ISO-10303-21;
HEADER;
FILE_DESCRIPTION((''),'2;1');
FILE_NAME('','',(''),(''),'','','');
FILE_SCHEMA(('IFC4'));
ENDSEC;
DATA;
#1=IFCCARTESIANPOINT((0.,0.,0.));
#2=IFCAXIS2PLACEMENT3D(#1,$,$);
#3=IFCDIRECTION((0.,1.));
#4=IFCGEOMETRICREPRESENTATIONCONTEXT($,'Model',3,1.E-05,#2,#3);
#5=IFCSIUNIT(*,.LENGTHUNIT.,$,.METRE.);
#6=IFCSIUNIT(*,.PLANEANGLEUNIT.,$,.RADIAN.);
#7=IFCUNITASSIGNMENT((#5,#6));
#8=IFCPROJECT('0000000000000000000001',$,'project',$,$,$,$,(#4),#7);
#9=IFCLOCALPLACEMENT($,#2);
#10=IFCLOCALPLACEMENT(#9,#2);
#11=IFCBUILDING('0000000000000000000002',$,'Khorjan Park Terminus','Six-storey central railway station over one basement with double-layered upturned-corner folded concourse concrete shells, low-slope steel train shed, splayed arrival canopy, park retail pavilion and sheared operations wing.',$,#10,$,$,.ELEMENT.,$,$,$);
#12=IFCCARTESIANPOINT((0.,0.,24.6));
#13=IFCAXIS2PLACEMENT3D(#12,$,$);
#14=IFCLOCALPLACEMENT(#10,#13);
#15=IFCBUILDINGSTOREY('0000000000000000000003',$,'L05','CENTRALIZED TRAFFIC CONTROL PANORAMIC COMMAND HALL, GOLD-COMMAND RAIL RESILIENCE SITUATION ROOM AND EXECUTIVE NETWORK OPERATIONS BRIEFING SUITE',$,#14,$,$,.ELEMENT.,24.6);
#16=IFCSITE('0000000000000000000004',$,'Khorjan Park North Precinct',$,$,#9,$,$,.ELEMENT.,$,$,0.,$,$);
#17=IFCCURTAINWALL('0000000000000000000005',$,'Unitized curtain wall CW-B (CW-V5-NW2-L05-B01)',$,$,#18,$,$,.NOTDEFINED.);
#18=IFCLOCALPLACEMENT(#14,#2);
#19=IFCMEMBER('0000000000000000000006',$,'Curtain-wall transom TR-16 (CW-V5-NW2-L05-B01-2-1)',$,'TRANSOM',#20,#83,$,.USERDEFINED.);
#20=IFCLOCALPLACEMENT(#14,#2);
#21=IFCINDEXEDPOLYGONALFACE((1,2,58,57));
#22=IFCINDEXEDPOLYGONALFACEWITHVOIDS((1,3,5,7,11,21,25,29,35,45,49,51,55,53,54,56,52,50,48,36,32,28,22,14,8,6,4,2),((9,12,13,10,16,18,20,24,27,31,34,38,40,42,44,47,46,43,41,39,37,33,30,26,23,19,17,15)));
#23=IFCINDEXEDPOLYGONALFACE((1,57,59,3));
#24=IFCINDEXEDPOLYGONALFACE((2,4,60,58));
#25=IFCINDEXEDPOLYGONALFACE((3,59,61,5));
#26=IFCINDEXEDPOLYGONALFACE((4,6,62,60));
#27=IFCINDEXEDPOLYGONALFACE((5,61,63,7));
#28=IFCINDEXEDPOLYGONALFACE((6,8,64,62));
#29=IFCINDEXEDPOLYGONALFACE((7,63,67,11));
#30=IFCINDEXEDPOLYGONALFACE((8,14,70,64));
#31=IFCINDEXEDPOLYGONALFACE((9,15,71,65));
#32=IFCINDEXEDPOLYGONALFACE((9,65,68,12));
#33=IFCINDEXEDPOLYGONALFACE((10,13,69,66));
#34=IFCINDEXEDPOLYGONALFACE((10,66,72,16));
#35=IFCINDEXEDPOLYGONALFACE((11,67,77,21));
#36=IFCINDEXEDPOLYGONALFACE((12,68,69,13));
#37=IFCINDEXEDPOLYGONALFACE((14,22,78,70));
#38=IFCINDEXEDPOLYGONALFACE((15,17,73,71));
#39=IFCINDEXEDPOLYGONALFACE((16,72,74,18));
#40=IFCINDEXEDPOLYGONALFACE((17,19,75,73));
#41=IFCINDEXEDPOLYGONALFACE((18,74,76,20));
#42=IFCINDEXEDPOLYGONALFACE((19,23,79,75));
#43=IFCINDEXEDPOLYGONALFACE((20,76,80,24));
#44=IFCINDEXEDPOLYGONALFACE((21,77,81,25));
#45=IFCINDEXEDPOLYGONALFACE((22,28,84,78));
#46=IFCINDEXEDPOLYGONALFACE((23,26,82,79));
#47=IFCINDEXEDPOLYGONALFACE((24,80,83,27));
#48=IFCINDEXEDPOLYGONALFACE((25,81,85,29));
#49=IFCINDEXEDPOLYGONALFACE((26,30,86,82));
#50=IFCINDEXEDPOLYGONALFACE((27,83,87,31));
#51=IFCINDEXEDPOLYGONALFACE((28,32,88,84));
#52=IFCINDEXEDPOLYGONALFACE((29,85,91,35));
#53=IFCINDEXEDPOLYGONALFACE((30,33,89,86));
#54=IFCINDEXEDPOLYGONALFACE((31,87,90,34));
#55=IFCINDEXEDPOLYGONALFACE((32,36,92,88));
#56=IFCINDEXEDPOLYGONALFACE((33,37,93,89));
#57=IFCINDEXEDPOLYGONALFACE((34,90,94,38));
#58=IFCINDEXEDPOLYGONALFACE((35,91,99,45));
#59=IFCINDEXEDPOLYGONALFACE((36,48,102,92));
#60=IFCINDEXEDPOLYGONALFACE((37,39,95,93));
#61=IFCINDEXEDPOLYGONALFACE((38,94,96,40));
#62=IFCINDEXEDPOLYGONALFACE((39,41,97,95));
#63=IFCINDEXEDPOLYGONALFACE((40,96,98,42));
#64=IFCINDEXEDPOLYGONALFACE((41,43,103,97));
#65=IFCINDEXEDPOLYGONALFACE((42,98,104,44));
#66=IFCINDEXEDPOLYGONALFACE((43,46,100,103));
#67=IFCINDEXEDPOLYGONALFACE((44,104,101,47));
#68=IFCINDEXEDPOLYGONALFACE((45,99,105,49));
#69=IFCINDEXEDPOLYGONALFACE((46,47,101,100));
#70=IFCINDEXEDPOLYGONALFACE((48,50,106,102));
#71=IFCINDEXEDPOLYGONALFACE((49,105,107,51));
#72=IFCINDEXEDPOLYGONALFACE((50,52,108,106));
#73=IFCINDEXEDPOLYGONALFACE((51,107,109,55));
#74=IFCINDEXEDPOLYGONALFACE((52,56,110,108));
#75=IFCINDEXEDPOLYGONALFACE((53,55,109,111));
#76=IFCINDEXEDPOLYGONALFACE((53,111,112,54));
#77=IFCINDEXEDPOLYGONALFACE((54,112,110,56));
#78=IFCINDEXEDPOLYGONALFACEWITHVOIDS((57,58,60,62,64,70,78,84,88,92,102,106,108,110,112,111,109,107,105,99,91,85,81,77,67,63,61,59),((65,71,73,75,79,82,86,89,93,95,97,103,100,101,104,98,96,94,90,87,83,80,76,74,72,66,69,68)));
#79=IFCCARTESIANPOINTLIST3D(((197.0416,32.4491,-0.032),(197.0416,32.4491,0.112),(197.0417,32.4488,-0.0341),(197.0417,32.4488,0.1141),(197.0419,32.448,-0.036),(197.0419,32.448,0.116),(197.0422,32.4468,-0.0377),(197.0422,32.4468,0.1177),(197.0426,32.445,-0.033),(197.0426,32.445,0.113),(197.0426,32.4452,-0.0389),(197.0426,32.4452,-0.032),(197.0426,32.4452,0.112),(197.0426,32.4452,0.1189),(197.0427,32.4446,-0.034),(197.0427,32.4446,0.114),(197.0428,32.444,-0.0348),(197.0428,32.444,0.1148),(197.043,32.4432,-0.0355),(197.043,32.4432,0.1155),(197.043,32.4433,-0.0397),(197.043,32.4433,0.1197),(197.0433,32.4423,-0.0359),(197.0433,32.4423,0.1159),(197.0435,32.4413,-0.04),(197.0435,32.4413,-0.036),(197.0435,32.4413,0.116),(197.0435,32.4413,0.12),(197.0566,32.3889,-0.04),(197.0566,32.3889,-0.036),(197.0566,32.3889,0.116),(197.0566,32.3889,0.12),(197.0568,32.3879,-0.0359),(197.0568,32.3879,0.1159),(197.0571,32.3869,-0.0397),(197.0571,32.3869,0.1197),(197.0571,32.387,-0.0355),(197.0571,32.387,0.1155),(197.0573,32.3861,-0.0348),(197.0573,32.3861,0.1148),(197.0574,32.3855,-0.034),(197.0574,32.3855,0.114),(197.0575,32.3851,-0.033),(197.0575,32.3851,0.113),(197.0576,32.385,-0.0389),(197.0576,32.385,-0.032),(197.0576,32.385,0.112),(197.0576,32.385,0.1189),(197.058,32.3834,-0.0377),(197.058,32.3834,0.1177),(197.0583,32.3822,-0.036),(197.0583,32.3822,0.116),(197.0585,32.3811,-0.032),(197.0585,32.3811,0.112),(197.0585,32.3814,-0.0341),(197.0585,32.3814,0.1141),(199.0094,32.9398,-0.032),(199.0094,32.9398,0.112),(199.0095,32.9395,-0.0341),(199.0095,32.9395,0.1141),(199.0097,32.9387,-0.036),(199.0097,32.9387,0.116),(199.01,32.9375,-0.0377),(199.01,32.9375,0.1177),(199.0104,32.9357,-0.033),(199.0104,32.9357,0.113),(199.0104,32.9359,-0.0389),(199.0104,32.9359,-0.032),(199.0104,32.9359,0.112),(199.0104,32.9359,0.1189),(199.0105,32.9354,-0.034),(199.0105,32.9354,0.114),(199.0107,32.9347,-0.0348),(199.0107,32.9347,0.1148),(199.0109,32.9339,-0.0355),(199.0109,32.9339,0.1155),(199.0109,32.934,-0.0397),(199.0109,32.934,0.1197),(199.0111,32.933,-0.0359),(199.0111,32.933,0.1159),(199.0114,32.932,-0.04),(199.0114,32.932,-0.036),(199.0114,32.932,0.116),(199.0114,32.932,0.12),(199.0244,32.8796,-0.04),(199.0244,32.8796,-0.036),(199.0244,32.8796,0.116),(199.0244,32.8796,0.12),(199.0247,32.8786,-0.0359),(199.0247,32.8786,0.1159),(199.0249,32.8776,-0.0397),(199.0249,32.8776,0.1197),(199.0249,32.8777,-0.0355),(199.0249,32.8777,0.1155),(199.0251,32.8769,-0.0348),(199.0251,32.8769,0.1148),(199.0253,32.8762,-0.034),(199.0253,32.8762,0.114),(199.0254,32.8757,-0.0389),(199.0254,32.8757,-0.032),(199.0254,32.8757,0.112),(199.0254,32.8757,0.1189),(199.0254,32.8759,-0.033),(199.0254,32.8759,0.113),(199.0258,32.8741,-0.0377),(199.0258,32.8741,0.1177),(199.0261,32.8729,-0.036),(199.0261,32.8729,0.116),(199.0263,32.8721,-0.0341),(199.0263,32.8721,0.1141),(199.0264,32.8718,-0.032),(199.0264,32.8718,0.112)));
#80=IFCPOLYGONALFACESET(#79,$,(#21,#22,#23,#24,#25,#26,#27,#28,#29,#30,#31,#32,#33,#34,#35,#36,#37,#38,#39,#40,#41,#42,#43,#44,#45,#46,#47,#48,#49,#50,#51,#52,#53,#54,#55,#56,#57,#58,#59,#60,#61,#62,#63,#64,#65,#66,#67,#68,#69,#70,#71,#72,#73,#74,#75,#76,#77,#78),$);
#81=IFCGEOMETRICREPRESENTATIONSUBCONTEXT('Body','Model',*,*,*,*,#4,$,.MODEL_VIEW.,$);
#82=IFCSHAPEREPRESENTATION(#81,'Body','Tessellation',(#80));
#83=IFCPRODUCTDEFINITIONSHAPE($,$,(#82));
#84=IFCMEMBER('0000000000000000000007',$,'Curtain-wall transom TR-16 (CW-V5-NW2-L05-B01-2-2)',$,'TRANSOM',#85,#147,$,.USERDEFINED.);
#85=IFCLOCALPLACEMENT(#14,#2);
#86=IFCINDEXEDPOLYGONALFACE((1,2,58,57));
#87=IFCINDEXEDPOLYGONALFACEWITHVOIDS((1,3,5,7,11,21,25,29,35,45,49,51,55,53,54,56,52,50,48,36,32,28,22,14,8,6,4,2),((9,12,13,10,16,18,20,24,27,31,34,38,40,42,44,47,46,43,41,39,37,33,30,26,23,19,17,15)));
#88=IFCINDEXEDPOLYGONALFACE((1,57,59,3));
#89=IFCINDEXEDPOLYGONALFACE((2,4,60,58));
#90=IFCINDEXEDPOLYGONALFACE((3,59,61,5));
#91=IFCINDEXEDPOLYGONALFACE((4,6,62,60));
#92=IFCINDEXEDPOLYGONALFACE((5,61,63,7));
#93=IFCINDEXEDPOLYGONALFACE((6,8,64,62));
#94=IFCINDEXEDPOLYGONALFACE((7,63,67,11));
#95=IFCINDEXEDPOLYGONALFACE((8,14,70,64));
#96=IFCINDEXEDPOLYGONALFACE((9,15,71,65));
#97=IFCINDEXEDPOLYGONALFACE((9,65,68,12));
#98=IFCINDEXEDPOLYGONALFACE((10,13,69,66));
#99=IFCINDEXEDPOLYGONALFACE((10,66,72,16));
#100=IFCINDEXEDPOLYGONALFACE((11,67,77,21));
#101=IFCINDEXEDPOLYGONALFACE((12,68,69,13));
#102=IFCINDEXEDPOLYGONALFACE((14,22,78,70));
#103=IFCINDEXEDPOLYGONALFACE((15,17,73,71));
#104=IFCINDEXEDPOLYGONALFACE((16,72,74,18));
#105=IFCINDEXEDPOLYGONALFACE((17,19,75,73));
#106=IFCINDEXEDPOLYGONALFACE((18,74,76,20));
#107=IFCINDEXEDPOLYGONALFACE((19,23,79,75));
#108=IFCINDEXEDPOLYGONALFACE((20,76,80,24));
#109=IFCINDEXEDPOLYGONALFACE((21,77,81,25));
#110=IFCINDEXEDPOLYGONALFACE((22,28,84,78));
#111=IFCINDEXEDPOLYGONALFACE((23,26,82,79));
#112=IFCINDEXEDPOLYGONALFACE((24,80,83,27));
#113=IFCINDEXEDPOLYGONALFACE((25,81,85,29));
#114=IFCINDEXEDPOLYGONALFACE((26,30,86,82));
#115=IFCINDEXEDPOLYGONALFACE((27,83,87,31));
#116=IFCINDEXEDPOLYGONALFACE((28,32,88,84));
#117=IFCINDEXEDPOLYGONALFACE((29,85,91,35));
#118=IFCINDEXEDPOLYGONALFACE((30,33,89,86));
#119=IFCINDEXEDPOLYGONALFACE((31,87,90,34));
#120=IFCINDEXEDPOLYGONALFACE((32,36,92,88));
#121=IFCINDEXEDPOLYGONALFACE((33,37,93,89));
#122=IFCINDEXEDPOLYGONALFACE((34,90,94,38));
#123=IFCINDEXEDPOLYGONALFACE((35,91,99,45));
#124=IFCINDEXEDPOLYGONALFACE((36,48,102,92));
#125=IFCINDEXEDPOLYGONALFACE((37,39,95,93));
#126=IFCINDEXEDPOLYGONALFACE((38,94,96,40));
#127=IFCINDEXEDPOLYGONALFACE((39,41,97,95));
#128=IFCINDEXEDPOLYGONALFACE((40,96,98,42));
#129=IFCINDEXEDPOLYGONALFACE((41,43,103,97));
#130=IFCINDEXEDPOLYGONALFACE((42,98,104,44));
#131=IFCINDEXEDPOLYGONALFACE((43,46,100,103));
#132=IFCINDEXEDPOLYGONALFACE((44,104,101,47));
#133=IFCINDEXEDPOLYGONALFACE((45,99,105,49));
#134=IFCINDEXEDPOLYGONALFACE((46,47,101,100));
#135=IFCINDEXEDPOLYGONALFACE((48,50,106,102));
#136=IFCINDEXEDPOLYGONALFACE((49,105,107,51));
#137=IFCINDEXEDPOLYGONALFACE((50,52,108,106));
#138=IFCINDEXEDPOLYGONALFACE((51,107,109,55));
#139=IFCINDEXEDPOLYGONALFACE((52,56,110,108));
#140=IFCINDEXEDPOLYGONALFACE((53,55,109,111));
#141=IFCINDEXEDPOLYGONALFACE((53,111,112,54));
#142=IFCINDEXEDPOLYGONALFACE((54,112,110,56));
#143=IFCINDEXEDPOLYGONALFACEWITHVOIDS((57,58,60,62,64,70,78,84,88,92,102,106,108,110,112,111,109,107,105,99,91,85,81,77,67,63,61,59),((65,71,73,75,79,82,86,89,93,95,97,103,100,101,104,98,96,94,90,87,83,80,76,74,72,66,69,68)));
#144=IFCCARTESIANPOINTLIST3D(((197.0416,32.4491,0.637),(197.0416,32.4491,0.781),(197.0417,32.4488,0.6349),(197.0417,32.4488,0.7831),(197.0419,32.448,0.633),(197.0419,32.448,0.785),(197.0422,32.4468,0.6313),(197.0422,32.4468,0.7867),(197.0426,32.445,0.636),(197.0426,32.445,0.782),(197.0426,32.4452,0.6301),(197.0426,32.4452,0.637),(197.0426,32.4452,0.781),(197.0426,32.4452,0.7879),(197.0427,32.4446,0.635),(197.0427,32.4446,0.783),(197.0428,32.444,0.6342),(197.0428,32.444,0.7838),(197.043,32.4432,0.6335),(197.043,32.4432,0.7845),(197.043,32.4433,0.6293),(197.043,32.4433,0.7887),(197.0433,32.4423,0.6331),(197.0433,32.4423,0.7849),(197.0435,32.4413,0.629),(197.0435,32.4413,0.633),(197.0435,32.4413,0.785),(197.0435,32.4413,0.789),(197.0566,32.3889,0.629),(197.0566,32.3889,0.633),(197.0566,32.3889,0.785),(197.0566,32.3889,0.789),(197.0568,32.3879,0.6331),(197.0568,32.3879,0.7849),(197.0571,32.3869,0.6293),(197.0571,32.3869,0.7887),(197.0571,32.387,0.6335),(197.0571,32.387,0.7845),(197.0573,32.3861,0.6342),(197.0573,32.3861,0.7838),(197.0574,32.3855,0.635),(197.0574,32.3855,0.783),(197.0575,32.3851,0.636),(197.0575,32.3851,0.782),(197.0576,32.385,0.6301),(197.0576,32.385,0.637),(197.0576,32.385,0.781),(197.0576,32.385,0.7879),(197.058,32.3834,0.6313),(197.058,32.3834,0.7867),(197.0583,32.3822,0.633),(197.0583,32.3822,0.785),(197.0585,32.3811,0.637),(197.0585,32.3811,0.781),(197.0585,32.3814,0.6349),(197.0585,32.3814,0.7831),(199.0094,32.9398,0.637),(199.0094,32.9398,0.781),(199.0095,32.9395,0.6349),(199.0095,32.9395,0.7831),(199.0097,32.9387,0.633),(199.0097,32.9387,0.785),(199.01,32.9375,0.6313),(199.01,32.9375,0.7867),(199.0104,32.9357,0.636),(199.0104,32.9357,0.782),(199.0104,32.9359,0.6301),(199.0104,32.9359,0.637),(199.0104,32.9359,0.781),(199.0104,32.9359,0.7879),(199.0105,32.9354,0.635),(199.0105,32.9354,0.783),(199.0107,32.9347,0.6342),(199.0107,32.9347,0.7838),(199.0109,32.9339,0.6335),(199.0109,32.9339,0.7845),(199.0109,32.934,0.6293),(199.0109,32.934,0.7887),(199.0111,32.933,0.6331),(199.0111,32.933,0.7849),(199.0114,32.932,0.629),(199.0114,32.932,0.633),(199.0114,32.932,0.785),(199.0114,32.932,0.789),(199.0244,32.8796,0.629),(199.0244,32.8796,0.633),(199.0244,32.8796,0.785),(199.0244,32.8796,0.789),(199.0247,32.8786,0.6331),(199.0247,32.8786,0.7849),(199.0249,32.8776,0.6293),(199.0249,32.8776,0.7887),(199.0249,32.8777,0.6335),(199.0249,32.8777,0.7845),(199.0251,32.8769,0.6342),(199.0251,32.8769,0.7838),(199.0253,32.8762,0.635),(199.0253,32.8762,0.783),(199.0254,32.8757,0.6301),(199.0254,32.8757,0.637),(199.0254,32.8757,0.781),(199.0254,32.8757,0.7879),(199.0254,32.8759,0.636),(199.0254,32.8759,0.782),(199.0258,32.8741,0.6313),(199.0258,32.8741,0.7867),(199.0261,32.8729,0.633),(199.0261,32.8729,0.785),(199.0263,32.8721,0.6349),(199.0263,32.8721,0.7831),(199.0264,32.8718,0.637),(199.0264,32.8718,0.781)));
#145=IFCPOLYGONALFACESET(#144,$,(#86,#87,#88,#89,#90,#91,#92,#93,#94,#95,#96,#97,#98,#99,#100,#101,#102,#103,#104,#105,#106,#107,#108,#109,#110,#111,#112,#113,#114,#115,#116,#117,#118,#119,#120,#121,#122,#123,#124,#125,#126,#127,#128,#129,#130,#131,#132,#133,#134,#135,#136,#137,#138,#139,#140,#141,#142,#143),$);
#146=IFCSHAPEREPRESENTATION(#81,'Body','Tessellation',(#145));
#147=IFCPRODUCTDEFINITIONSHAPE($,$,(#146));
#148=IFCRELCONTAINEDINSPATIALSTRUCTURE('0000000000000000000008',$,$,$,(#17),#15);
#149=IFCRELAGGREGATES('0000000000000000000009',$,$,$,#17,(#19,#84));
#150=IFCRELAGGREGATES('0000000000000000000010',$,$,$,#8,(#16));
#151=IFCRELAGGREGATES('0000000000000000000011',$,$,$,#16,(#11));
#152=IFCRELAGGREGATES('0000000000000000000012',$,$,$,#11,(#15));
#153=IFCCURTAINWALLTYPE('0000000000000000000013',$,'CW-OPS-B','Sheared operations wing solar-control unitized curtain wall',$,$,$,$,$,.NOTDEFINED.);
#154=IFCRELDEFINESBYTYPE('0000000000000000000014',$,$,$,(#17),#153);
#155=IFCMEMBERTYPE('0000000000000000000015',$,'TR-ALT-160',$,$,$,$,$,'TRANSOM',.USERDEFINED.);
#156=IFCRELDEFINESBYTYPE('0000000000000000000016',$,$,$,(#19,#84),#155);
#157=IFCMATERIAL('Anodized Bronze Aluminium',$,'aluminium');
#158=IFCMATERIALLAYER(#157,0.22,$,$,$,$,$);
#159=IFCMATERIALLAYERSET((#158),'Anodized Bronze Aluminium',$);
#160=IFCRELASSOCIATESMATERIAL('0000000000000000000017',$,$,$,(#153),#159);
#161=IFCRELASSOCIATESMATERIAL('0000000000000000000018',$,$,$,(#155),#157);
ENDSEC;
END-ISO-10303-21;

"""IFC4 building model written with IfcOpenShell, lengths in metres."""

from ifc_helpers import new_model, si_unit, direction, frame, origin, origin_2d, place, context, subcontext, project, spatial, hollow_rectangle, extrude, material, layer, layer_set, material_profile, profile_set, type_object, element, aggregate, save


model = new_model("IFC4")

# Units and contexts
model_context = context("Model", 3, precision=1e-05, world=origin(), true_north=direction((0.0, 1.0)))
body_context = subcontext(model_context, "Body", "Model", "MODEL_VIEW")
ifc_project = project(units=[si_unit("LENGTHUNIT", "METRE"), si_unit("PLANEANGLEUNIT", "RADIAN")], contexts=[model_context])

# Site, building, storey
site_placement = place(None, origin())
site = spatial("IfcSite", under=ifc_project, at=site_placement, Name="Khorjan Park North Precinct", CompositionType="ELEMENT", RefElevation=0.0)
building_placement = place(site_placement, origin())
building = spatial("IfcBuilding", under=site, at=building_placement, Name="Khorjan Park Terminus", Description="Six-storey central railway station over one basement with double-layered upturned-corner folded concourse concrete shells, low-slope steel train shed, splayed arrival canopy, park retail pavilion and sheared operations wing.", CompositionType="ELEMENT")
storey_placement = place(building_placement, frame((0.0, 0.0, 24.6)))
storey = spatial("IfcBuildingStorey", under=building, at=storey_placement, Name="L05", Description="CENTRALIZED TRAFFIC CONTROL PANORAMIC COMMAND HALL, GOLD-COMMAND RAIL RESILIENCE SITUATION ROOM AND EXECUTIVE NETWORK OPERATIONS BRIEFING SUITE", CompositionType="ELEMENT", Elevation=24.6)

# Curtain wall, members
ifc_material_1 = material(Name="Anodized Bronze Aluminium", Category="aluminium")
ifc_layer_1 = layer(ifc_material_1, 0.22)
ifc_layer_set_1 = layer_set([ifc_layer_1], Name="Anodized Bronze Aluminium")
curtain_wall_type = type_object("IfcCurtainWallType", Name="CW-OPS-B", Description="Sheared operations wing solar-control unitized curtain wall", PredefinedType="NOTDEFINED", material=ifc_layer_set_1)
curtain_wall_placement = place(storey_placement, origin())
curtain_wall = element("IfcCurtainWall", 1, at=curtain_wall_placement, inside=storey, type_object=curtain_wall_type, Name="Unitized curtain wall CW-B (CW-V5-NW2-L05-B01)", PredefinedType="NOTDEFINED")
ifc_material_profile_1 = material_profile(ifc_material_1, hollow_rectangle(XDim=0.07, YDim=0.16, WallThickness=0.004, InnerFilletRadius=0.004, OuterFilletRadius=0.008, at=origin_2d()), Name="ALT 70x160x4")
ifc_profile_set_1 = profile_set([ifc_material_profile_1], Name="Anodized Bronze Aluminium")
member_type_1 = type_object("IfcMemberType", Name="TR-ALT-160", ElementType="TRANSOM", PredefinedType="USERDEFINED", material=ifc_profile_set_1)
member_1_placement = place(storey_placement, frame((199.0179, 32.9058, 0.04), z_axis=(-0.970287, -0.241955, 0.0), x_axis=(0.241955, -0.970287, 0.0)))
member_1 = element("IfcMember", 2, at=member_1_placement, type_object=member_type_1, Name="Curtain-wall transom TR-16 (CW-V5-NW2-L05-B01-2-1)", ObjectType="TRANSOM", PredefinedType="USERDEFINED", context=body_context, shape_type="SweptSolid", body=[
    extrude(hollow_rectangle(XDim=0.07, YDim=0.16, WallThickness=0.004, InnerFilletRadius=0.004, OuterFilletRadius=0.008, at=origin_2d()), origin(), (0.0, 0.0, 1.0), 2.0281),
])
member_2_placement = place(storey_placement, frame((199.0179, 32.9058, 0.709), z_axis=(-0.970287, -0.241955, 0.0), x_axis=(0.241955, -0.970287, 0.0)))
member_2 = element("IfcMember", 3, at=member_2_placement, type_object=member_type_1, Name="Curtain-wall transom TR-16 (CW-V5-NW2-L05-B01-2-2)", ObjectType="TRANSOM", PredefinedType="USERDEFINED", context=body_context, shape_type="SweptSolid", body=[
    extrude(hollow_rectangle(XDim=0.07, YDim=0.16, WallThickness=0.004, InnerFilletRadius=0.004, OuterFilletRadius=0.008, at=origin_2d()), origin(), (0.0, 0.0, 1.0), 2.0281),
])
aggregate(curtain_wall, [member_1, member_2])

save(model, "model.ifc")
